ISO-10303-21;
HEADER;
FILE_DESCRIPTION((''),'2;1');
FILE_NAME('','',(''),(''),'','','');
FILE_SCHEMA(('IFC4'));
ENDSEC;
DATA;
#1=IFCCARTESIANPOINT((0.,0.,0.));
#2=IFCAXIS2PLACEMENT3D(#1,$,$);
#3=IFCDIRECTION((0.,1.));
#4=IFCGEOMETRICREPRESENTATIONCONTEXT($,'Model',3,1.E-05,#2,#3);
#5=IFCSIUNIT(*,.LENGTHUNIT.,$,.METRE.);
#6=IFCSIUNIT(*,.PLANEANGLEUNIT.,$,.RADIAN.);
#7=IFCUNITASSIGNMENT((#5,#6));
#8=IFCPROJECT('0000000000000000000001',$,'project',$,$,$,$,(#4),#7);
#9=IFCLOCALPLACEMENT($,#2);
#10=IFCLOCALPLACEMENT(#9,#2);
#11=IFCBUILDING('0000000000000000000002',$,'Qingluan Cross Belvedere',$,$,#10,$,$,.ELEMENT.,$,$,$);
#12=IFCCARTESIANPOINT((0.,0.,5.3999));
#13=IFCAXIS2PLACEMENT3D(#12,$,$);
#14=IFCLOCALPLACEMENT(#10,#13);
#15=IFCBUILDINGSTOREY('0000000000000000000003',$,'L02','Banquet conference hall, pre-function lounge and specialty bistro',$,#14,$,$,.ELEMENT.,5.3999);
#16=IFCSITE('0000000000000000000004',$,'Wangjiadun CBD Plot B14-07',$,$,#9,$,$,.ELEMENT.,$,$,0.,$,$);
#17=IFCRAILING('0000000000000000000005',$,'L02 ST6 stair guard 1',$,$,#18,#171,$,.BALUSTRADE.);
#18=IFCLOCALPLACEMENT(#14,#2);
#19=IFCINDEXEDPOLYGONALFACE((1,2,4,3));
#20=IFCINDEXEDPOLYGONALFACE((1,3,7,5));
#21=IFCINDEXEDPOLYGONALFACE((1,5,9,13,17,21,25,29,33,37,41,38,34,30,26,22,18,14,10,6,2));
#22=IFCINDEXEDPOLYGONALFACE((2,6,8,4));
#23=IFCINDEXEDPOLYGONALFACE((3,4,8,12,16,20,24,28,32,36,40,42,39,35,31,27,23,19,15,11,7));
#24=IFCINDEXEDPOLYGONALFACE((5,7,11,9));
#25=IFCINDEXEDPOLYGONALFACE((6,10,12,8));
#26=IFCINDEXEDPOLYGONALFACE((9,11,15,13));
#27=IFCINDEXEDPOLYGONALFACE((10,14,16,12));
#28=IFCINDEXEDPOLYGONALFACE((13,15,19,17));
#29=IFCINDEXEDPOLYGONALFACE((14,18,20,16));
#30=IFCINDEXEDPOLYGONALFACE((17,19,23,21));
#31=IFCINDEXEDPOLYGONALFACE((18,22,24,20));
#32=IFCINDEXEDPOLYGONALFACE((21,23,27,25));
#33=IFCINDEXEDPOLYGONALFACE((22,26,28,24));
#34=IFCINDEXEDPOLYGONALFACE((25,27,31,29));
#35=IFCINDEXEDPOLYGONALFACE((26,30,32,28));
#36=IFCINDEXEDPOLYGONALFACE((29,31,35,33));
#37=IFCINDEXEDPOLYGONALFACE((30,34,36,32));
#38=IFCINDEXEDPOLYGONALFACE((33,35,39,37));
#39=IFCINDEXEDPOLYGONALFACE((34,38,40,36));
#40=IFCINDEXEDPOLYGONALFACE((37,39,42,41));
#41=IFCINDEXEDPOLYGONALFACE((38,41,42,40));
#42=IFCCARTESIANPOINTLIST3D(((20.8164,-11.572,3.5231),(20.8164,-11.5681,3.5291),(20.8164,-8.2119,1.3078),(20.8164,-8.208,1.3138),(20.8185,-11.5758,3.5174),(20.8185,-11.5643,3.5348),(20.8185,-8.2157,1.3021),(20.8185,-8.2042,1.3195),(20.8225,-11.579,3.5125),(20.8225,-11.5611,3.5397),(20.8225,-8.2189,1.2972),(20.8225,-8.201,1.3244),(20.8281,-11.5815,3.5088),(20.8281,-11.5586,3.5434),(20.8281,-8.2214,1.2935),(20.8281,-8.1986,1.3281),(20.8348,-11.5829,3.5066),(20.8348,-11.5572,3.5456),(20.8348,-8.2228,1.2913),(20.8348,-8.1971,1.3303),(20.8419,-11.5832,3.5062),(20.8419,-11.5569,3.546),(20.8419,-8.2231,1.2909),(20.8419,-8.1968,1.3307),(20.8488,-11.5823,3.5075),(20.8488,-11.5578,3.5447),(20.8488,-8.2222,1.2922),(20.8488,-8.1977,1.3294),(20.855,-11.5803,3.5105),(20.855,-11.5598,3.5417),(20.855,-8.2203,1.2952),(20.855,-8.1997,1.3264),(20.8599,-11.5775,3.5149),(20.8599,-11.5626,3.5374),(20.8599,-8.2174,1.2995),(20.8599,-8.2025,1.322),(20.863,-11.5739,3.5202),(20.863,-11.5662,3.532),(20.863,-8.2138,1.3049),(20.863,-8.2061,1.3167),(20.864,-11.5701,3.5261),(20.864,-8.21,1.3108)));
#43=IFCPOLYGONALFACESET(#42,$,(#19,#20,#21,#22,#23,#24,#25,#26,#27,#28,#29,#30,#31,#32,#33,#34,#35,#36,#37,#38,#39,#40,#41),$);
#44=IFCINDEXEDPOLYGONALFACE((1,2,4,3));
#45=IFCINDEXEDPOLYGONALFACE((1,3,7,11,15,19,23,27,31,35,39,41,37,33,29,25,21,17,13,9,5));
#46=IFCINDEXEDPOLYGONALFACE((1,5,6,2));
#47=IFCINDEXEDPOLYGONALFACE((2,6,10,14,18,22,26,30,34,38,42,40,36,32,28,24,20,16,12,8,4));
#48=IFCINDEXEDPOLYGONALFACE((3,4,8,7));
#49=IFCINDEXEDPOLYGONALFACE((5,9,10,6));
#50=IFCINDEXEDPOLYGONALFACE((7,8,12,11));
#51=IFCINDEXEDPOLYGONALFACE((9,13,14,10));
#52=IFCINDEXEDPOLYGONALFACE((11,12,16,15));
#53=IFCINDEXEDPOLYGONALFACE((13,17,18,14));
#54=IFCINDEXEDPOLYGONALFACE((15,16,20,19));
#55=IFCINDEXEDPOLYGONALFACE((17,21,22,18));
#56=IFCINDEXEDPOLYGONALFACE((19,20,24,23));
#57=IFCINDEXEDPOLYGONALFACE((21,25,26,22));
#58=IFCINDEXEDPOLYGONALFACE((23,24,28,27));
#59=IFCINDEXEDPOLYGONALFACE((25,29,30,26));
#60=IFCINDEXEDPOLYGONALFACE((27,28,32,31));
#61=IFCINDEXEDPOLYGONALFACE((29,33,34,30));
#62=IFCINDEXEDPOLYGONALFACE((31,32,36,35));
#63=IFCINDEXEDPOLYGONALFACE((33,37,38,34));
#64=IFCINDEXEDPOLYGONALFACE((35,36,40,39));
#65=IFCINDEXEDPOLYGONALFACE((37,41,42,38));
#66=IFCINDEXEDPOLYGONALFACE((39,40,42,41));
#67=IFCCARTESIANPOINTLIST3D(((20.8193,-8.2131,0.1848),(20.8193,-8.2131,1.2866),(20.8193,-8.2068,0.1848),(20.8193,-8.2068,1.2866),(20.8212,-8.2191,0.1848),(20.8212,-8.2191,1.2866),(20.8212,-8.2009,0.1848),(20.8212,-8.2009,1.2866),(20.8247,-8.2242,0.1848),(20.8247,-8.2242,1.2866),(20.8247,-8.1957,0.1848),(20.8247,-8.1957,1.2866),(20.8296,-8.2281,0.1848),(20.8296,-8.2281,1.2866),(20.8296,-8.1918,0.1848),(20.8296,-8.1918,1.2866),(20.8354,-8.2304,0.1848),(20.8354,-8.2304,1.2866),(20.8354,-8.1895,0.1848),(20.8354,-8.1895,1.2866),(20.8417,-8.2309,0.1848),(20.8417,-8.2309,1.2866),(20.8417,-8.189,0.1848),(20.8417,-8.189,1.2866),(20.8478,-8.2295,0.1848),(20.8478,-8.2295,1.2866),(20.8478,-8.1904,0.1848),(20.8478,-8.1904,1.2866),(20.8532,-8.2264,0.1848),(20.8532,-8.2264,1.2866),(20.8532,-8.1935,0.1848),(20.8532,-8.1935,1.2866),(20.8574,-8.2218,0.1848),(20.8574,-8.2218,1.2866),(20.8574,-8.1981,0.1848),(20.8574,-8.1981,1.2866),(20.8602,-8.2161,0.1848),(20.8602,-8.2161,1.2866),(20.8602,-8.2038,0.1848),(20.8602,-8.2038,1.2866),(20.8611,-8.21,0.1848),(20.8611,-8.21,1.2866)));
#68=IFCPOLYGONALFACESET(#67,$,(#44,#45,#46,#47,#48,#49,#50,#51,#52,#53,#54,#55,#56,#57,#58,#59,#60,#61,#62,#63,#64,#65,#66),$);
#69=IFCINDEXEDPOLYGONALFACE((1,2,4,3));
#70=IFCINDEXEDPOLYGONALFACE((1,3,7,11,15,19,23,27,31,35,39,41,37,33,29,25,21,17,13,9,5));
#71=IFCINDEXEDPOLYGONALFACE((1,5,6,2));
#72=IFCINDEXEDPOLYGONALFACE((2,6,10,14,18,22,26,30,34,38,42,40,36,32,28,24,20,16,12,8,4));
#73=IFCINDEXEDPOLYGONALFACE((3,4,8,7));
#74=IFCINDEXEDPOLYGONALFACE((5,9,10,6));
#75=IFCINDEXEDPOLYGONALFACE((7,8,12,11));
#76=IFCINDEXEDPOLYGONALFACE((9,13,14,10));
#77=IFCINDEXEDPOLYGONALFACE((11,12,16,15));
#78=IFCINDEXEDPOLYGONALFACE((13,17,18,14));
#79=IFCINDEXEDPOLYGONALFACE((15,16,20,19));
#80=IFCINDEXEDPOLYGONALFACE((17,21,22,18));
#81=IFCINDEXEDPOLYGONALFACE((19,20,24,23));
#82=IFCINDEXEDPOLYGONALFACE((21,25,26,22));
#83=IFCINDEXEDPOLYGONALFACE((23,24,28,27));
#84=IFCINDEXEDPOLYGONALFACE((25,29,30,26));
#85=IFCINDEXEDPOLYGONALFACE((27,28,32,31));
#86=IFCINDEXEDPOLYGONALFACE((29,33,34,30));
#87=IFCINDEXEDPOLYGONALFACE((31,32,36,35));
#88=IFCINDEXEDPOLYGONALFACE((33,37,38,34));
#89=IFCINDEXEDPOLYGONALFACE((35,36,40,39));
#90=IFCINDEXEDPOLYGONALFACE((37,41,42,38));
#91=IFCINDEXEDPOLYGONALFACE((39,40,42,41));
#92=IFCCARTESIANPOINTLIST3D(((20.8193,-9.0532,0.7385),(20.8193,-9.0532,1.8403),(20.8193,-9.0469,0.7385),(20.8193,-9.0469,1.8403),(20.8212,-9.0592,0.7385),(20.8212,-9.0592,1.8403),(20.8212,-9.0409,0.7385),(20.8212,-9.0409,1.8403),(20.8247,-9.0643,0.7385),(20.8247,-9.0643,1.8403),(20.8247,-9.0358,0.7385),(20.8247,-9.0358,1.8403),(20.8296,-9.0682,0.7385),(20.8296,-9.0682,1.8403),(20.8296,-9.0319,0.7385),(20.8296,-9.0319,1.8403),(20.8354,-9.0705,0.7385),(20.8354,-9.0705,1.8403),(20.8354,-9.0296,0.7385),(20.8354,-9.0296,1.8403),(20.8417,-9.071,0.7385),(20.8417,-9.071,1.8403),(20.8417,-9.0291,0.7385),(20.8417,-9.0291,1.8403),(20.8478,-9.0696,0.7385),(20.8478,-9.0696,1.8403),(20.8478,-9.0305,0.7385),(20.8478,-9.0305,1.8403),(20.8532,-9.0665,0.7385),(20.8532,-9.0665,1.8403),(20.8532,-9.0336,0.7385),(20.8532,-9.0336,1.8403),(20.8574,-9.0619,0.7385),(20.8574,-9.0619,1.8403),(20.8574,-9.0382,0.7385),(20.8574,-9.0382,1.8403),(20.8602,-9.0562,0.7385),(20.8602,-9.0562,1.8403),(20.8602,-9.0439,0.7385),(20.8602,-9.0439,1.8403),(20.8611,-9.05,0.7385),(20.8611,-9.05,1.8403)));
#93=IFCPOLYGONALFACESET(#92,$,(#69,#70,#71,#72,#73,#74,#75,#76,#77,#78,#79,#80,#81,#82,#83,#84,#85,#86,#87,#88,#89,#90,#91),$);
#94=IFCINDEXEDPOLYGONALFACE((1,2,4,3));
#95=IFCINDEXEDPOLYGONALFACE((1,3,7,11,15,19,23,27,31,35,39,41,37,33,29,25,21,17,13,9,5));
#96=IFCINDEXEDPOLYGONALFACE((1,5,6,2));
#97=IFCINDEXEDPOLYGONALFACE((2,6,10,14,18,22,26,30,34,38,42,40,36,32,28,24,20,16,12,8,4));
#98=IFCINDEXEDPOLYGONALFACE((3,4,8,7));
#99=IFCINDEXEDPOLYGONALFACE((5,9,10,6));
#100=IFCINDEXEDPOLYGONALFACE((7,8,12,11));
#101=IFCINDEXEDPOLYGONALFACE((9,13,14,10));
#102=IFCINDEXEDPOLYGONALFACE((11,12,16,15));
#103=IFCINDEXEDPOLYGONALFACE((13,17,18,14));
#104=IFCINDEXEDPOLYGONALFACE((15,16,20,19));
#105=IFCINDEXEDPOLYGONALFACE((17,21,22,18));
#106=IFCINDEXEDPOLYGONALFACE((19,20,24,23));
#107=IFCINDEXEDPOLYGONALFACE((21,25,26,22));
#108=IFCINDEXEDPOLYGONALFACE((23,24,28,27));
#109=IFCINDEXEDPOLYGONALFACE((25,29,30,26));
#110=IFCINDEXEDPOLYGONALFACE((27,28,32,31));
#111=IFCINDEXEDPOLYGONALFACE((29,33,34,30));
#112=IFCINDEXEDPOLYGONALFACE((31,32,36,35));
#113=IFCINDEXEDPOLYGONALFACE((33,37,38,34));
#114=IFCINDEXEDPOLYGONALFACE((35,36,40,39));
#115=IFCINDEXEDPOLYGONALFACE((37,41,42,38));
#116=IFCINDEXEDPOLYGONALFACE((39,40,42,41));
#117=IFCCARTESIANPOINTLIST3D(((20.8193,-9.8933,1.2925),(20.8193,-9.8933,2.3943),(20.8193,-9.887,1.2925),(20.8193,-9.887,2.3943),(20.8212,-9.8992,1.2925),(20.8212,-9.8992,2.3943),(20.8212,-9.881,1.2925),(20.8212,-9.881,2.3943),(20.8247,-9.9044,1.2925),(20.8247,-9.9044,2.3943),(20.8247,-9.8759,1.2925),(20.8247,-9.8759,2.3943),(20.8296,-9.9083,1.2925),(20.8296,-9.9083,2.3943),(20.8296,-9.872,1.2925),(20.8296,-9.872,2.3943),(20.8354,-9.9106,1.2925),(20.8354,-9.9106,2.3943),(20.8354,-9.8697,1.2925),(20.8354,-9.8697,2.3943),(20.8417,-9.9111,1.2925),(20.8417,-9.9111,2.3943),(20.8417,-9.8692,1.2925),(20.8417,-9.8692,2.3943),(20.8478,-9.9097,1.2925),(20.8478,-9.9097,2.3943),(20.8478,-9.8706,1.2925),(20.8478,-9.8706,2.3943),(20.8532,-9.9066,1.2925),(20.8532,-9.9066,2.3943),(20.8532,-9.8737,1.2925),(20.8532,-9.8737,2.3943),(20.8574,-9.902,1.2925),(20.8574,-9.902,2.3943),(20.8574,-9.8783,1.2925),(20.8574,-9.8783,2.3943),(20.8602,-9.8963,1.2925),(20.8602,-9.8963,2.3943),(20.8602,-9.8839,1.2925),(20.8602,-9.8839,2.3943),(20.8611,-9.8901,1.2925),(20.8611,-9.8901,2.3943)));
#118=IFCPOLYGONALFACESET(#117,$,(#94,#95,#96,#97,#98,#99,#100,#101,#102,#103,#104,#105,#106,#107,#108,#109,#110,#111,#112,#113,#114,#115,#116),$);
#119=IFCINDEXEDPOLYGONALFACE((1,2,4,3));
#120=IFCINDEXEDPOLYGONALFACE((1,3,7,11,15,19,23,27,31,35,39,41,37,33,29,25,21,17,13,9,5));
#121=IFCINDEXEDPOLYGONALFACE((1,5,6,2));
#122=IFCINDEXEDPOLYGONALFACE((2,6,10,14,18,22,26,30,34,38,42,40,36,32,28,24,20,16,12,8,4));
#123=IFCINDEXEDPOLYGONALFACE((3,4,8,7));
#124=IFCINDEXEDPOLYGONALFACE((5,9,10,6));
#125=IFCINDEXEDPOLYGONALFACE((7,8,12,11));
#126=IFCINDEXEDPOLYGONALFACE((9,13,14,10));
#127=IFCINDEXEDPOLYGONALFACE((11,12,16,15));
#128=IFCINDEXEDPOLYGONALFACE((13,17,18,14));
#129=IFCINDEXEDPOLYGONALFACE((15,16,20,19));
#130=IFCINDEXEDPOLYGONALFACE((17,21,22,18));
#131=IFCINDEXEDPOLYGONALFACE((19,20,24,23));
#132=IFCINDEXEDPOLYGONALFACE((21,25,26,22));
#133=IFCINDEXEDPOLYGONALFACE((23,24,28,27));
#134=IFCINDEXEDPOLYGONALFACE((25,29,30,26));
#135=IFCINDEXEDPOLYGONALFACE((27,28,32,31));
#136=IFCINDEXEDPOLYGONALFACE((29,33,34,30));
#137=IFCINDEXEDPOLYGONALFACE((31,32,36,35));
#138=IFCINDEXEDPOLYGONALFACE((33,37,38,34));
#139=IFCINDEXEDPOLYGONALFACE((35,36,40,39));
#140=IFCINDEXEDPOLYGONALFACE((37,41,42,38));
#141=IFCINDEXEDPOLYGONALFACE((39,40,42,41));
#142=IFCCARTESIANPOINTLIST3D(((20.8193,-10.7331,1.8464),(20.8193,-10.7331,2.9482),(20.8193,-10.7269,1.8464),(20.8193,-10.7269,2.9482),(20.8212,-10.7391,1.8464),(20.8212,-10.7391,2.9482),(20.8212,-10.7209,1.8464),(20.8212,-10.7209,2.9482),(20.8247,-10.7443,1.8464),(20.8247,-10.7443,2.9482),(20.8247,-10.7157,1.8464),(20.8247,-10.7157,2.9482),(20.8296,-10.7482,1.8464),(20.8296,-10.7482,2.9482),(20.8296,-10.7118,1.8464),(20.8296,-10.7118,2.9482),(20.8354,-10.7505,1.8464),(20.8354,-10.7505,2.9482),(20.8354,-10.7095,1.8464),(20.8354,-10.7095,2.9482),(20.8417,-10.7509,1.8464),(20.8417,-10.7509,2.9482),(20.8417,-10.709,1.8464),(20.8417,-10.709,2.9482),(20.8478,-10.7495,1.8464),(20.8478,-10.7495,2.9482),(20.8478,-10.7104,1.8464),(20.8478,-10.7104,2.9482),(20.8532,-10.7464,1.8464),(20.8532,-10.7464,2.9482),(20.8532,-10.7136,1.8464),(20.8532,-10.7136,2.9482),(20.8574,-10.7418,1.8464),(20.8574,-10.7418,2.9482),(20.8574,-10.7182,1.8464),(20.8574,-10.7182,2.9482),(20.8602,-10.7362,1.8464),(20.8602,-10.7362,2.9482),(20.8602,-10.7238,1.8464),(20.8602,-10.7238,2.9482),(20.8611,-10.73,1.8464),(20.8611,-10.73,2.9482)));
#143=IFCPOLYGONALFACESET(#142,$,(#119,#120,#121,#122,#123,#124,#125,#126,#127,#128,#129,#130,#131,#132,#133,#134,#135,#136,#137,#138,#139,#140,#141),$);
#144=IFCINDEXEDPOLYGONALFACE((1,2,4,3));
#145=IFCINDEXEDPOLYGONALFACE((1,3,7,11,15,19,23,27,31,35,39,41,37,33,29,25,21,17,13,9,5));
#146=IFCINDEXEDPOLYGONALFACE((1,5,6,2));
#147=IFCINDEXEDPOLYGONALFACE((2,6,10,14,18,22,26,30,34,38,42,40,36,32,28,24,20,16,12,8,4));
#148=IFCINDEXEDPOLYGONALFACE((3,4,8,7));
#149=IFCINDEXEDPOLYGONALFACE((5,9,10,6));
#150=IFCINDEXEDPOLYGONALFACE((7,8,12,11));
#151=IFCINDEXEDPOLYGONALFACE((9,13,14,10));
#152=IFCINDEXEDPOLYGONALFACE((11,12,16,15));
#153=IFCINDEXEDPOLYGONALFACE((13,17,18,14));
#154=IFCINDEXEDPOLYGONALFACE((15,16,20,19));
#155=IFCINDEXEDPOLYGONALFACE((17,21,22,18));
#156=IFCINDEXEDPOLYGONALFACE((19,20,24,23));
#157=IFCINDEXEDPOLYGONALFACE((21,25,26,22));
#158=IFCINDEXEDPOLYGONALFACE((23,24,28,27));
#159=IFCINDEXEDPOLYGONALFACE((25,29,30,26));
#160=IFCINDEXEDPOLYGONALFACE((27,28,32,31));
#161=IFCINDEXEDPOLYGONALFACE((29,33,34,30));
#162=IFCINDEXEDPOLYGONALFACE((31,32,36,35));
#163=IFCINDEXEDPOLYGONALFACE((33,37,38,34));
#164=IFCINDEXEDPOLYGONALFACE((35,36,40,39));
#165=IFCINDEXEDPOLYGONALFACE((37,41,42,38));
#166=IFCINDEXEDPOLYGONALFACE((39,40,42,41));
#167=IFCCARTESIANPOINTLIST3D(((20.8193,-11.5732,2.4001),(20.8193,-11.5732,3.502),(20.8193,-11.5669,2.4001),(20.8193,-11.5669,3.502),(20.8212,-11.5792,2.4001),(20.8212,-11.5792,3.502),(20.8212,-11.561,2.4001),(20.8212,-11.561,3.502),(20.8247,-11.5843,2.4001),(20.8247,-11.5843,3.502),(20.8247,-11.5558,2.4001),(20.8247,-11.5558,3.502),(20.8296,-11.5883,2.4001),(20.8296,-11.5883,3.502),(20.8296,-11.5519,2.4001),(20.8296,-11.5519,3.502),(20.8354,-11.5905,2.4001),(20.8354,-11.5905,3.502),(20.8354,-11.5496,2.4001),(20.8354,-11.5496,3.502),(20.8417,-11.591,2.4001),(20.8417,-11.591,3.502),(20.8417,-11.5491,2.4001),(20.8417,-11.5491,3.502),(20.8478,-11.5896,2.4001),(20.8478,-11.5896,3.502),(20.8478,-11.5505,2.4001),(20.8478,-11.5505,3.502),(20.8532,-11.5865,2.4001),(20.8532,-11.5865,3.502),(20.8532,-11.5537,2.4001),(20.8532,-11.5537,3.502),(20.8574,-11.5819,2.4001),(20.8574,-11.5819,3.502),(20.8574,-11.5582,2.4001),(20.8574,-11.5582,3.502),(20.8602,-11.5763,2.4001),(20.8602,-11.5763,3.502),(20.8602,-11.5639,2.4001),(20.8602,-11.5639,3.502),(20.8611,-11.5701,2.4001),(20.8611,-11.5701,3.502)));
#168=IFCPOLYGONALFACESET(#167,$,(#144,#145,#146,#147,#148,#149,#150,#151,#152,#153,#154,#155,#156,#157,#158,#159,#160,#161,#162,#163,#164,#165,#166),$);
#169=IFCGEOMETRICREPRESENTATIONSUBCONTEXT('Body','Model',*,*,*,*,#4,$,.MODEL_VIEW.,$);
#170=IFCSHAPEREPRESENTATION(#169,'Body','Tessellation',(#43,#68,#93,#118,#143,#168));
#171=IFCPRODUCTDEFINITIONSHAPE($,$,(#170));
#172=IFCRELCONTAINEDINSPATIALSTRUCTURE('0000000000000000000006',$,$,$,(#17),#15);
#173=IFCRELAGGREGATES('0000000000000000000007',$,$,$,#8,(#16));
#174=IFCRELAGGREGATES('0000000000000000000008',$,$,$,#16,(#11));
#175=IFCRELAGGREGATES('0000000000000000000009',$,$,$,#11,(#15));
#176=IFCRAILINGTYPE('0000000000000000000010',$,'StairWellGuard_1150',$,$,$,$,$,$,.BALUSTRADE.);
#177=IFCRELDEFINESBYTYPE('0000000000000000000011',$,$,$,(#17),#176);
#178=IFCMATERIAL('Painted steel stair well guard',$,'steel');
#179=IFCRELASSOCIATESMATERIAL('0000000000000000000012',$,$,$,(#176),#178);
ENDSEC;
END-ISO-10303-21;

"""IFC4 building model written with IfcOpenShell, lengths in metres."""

from ifc_helpers import new_model, si_unit, direction, frame, origin, origin_2d, place, context, subcontext, project, spatial, circle, extrude, material, type_object, element, save


model = new_model("IFC4")

# Units and contexts
model_context = context("Model", 3, precision=1e-05, world=origin(), true_north=direction((0.0, 1.0)))
body_context = subcontext(model_context, "Body", "Model", "MODEL_VIEW")
ifc_project = project(units=[si_unit("LENGTHUNIT", "METRE"), si_unit("PLANEANGLEUNIT", "RADIAN")], contexts=[model_context])

# Site, building, storey
site_placement = place(None, origin())
site = spatial("IfcSite", under=ifc_project, at=site_placement, Name="Wangjiadun CBD Plot B14-07", CompositionType="ELEMENT", RefElevation=0.0)
building_placement = place(site_placement, origin())
building = spatial("IfcBuilding", under=site, at=building_placement, Name="Qingluan Cross Belvedere", CompositionType="ELEMENT")
storey_placement = place(building_placement, frame((0.0, 0.0, 5.3999)))
storey = spatial("IfcBuildingStorey", under=building, at=storey_placement, Name="L02", Description="Banquet conference hall, pre-function lounge and specialty bistro", CompositionType="ELEMENT", Elevation=5.3999)

# Railing
ifc_material_1 = material(Name="Painted steel stair well guard", Category="steel")
railing_type_1 = type_object("IfcRailingType", Name="StairWellGuard_1150", PredefinedType="BALUSTRADE", material=ifc_material_1)
railing_1_placement = place(storey_placement, frame((20.8401, -8.21, 0.1848)))
element("IfcRailing", 1, at=railing_1_placement, inside=storey, type_object=railing_type_1, Name="L02 ST6 stair guard 1", PredefinedType="BALUSTRADE", context=body_context, shape_type="SweptSolid", body=[
    extrude(circle(Radius=0.0239, at=origin_2d()), frame((0.0, 0.0, 1.126), z_axis=(0.0, -0.834876, 0.550437), x_axis=(1.0, 0.0, 0.0)), (0.0, 0.0, 1.0), 4.0247),
    extrude(circle(Radius=0.021, at=origin_2d()), origin(), (0.0, 0.0, 1.0), 1.1018),
    extrude(circle(Radius=0.021, at=origin_2d()), frame((0.0, -0.8401, 0.5537)), (0.0, 0.0, 1.0), 1.1018),
    extrude(circle(Radius=0.021, at=origin_2d()), frame((0.0, -1.6802, 1.1077)), (0.0, 0.0, 1.0), 1.1018),
    extrude(circle(Radius=0.021, at=origin_2d()), frame((0.0, -2.52, 1.6616)), (0.0, 0.0, 1.0), 1.1018),
    extrude(circle(Radius=0.021, at=origin_2d()), frame((0.0, -3.3601, 2.2153)), (0.0, 0.0, 1.0), 1.1018),
])

save(model, "model.ifc")
